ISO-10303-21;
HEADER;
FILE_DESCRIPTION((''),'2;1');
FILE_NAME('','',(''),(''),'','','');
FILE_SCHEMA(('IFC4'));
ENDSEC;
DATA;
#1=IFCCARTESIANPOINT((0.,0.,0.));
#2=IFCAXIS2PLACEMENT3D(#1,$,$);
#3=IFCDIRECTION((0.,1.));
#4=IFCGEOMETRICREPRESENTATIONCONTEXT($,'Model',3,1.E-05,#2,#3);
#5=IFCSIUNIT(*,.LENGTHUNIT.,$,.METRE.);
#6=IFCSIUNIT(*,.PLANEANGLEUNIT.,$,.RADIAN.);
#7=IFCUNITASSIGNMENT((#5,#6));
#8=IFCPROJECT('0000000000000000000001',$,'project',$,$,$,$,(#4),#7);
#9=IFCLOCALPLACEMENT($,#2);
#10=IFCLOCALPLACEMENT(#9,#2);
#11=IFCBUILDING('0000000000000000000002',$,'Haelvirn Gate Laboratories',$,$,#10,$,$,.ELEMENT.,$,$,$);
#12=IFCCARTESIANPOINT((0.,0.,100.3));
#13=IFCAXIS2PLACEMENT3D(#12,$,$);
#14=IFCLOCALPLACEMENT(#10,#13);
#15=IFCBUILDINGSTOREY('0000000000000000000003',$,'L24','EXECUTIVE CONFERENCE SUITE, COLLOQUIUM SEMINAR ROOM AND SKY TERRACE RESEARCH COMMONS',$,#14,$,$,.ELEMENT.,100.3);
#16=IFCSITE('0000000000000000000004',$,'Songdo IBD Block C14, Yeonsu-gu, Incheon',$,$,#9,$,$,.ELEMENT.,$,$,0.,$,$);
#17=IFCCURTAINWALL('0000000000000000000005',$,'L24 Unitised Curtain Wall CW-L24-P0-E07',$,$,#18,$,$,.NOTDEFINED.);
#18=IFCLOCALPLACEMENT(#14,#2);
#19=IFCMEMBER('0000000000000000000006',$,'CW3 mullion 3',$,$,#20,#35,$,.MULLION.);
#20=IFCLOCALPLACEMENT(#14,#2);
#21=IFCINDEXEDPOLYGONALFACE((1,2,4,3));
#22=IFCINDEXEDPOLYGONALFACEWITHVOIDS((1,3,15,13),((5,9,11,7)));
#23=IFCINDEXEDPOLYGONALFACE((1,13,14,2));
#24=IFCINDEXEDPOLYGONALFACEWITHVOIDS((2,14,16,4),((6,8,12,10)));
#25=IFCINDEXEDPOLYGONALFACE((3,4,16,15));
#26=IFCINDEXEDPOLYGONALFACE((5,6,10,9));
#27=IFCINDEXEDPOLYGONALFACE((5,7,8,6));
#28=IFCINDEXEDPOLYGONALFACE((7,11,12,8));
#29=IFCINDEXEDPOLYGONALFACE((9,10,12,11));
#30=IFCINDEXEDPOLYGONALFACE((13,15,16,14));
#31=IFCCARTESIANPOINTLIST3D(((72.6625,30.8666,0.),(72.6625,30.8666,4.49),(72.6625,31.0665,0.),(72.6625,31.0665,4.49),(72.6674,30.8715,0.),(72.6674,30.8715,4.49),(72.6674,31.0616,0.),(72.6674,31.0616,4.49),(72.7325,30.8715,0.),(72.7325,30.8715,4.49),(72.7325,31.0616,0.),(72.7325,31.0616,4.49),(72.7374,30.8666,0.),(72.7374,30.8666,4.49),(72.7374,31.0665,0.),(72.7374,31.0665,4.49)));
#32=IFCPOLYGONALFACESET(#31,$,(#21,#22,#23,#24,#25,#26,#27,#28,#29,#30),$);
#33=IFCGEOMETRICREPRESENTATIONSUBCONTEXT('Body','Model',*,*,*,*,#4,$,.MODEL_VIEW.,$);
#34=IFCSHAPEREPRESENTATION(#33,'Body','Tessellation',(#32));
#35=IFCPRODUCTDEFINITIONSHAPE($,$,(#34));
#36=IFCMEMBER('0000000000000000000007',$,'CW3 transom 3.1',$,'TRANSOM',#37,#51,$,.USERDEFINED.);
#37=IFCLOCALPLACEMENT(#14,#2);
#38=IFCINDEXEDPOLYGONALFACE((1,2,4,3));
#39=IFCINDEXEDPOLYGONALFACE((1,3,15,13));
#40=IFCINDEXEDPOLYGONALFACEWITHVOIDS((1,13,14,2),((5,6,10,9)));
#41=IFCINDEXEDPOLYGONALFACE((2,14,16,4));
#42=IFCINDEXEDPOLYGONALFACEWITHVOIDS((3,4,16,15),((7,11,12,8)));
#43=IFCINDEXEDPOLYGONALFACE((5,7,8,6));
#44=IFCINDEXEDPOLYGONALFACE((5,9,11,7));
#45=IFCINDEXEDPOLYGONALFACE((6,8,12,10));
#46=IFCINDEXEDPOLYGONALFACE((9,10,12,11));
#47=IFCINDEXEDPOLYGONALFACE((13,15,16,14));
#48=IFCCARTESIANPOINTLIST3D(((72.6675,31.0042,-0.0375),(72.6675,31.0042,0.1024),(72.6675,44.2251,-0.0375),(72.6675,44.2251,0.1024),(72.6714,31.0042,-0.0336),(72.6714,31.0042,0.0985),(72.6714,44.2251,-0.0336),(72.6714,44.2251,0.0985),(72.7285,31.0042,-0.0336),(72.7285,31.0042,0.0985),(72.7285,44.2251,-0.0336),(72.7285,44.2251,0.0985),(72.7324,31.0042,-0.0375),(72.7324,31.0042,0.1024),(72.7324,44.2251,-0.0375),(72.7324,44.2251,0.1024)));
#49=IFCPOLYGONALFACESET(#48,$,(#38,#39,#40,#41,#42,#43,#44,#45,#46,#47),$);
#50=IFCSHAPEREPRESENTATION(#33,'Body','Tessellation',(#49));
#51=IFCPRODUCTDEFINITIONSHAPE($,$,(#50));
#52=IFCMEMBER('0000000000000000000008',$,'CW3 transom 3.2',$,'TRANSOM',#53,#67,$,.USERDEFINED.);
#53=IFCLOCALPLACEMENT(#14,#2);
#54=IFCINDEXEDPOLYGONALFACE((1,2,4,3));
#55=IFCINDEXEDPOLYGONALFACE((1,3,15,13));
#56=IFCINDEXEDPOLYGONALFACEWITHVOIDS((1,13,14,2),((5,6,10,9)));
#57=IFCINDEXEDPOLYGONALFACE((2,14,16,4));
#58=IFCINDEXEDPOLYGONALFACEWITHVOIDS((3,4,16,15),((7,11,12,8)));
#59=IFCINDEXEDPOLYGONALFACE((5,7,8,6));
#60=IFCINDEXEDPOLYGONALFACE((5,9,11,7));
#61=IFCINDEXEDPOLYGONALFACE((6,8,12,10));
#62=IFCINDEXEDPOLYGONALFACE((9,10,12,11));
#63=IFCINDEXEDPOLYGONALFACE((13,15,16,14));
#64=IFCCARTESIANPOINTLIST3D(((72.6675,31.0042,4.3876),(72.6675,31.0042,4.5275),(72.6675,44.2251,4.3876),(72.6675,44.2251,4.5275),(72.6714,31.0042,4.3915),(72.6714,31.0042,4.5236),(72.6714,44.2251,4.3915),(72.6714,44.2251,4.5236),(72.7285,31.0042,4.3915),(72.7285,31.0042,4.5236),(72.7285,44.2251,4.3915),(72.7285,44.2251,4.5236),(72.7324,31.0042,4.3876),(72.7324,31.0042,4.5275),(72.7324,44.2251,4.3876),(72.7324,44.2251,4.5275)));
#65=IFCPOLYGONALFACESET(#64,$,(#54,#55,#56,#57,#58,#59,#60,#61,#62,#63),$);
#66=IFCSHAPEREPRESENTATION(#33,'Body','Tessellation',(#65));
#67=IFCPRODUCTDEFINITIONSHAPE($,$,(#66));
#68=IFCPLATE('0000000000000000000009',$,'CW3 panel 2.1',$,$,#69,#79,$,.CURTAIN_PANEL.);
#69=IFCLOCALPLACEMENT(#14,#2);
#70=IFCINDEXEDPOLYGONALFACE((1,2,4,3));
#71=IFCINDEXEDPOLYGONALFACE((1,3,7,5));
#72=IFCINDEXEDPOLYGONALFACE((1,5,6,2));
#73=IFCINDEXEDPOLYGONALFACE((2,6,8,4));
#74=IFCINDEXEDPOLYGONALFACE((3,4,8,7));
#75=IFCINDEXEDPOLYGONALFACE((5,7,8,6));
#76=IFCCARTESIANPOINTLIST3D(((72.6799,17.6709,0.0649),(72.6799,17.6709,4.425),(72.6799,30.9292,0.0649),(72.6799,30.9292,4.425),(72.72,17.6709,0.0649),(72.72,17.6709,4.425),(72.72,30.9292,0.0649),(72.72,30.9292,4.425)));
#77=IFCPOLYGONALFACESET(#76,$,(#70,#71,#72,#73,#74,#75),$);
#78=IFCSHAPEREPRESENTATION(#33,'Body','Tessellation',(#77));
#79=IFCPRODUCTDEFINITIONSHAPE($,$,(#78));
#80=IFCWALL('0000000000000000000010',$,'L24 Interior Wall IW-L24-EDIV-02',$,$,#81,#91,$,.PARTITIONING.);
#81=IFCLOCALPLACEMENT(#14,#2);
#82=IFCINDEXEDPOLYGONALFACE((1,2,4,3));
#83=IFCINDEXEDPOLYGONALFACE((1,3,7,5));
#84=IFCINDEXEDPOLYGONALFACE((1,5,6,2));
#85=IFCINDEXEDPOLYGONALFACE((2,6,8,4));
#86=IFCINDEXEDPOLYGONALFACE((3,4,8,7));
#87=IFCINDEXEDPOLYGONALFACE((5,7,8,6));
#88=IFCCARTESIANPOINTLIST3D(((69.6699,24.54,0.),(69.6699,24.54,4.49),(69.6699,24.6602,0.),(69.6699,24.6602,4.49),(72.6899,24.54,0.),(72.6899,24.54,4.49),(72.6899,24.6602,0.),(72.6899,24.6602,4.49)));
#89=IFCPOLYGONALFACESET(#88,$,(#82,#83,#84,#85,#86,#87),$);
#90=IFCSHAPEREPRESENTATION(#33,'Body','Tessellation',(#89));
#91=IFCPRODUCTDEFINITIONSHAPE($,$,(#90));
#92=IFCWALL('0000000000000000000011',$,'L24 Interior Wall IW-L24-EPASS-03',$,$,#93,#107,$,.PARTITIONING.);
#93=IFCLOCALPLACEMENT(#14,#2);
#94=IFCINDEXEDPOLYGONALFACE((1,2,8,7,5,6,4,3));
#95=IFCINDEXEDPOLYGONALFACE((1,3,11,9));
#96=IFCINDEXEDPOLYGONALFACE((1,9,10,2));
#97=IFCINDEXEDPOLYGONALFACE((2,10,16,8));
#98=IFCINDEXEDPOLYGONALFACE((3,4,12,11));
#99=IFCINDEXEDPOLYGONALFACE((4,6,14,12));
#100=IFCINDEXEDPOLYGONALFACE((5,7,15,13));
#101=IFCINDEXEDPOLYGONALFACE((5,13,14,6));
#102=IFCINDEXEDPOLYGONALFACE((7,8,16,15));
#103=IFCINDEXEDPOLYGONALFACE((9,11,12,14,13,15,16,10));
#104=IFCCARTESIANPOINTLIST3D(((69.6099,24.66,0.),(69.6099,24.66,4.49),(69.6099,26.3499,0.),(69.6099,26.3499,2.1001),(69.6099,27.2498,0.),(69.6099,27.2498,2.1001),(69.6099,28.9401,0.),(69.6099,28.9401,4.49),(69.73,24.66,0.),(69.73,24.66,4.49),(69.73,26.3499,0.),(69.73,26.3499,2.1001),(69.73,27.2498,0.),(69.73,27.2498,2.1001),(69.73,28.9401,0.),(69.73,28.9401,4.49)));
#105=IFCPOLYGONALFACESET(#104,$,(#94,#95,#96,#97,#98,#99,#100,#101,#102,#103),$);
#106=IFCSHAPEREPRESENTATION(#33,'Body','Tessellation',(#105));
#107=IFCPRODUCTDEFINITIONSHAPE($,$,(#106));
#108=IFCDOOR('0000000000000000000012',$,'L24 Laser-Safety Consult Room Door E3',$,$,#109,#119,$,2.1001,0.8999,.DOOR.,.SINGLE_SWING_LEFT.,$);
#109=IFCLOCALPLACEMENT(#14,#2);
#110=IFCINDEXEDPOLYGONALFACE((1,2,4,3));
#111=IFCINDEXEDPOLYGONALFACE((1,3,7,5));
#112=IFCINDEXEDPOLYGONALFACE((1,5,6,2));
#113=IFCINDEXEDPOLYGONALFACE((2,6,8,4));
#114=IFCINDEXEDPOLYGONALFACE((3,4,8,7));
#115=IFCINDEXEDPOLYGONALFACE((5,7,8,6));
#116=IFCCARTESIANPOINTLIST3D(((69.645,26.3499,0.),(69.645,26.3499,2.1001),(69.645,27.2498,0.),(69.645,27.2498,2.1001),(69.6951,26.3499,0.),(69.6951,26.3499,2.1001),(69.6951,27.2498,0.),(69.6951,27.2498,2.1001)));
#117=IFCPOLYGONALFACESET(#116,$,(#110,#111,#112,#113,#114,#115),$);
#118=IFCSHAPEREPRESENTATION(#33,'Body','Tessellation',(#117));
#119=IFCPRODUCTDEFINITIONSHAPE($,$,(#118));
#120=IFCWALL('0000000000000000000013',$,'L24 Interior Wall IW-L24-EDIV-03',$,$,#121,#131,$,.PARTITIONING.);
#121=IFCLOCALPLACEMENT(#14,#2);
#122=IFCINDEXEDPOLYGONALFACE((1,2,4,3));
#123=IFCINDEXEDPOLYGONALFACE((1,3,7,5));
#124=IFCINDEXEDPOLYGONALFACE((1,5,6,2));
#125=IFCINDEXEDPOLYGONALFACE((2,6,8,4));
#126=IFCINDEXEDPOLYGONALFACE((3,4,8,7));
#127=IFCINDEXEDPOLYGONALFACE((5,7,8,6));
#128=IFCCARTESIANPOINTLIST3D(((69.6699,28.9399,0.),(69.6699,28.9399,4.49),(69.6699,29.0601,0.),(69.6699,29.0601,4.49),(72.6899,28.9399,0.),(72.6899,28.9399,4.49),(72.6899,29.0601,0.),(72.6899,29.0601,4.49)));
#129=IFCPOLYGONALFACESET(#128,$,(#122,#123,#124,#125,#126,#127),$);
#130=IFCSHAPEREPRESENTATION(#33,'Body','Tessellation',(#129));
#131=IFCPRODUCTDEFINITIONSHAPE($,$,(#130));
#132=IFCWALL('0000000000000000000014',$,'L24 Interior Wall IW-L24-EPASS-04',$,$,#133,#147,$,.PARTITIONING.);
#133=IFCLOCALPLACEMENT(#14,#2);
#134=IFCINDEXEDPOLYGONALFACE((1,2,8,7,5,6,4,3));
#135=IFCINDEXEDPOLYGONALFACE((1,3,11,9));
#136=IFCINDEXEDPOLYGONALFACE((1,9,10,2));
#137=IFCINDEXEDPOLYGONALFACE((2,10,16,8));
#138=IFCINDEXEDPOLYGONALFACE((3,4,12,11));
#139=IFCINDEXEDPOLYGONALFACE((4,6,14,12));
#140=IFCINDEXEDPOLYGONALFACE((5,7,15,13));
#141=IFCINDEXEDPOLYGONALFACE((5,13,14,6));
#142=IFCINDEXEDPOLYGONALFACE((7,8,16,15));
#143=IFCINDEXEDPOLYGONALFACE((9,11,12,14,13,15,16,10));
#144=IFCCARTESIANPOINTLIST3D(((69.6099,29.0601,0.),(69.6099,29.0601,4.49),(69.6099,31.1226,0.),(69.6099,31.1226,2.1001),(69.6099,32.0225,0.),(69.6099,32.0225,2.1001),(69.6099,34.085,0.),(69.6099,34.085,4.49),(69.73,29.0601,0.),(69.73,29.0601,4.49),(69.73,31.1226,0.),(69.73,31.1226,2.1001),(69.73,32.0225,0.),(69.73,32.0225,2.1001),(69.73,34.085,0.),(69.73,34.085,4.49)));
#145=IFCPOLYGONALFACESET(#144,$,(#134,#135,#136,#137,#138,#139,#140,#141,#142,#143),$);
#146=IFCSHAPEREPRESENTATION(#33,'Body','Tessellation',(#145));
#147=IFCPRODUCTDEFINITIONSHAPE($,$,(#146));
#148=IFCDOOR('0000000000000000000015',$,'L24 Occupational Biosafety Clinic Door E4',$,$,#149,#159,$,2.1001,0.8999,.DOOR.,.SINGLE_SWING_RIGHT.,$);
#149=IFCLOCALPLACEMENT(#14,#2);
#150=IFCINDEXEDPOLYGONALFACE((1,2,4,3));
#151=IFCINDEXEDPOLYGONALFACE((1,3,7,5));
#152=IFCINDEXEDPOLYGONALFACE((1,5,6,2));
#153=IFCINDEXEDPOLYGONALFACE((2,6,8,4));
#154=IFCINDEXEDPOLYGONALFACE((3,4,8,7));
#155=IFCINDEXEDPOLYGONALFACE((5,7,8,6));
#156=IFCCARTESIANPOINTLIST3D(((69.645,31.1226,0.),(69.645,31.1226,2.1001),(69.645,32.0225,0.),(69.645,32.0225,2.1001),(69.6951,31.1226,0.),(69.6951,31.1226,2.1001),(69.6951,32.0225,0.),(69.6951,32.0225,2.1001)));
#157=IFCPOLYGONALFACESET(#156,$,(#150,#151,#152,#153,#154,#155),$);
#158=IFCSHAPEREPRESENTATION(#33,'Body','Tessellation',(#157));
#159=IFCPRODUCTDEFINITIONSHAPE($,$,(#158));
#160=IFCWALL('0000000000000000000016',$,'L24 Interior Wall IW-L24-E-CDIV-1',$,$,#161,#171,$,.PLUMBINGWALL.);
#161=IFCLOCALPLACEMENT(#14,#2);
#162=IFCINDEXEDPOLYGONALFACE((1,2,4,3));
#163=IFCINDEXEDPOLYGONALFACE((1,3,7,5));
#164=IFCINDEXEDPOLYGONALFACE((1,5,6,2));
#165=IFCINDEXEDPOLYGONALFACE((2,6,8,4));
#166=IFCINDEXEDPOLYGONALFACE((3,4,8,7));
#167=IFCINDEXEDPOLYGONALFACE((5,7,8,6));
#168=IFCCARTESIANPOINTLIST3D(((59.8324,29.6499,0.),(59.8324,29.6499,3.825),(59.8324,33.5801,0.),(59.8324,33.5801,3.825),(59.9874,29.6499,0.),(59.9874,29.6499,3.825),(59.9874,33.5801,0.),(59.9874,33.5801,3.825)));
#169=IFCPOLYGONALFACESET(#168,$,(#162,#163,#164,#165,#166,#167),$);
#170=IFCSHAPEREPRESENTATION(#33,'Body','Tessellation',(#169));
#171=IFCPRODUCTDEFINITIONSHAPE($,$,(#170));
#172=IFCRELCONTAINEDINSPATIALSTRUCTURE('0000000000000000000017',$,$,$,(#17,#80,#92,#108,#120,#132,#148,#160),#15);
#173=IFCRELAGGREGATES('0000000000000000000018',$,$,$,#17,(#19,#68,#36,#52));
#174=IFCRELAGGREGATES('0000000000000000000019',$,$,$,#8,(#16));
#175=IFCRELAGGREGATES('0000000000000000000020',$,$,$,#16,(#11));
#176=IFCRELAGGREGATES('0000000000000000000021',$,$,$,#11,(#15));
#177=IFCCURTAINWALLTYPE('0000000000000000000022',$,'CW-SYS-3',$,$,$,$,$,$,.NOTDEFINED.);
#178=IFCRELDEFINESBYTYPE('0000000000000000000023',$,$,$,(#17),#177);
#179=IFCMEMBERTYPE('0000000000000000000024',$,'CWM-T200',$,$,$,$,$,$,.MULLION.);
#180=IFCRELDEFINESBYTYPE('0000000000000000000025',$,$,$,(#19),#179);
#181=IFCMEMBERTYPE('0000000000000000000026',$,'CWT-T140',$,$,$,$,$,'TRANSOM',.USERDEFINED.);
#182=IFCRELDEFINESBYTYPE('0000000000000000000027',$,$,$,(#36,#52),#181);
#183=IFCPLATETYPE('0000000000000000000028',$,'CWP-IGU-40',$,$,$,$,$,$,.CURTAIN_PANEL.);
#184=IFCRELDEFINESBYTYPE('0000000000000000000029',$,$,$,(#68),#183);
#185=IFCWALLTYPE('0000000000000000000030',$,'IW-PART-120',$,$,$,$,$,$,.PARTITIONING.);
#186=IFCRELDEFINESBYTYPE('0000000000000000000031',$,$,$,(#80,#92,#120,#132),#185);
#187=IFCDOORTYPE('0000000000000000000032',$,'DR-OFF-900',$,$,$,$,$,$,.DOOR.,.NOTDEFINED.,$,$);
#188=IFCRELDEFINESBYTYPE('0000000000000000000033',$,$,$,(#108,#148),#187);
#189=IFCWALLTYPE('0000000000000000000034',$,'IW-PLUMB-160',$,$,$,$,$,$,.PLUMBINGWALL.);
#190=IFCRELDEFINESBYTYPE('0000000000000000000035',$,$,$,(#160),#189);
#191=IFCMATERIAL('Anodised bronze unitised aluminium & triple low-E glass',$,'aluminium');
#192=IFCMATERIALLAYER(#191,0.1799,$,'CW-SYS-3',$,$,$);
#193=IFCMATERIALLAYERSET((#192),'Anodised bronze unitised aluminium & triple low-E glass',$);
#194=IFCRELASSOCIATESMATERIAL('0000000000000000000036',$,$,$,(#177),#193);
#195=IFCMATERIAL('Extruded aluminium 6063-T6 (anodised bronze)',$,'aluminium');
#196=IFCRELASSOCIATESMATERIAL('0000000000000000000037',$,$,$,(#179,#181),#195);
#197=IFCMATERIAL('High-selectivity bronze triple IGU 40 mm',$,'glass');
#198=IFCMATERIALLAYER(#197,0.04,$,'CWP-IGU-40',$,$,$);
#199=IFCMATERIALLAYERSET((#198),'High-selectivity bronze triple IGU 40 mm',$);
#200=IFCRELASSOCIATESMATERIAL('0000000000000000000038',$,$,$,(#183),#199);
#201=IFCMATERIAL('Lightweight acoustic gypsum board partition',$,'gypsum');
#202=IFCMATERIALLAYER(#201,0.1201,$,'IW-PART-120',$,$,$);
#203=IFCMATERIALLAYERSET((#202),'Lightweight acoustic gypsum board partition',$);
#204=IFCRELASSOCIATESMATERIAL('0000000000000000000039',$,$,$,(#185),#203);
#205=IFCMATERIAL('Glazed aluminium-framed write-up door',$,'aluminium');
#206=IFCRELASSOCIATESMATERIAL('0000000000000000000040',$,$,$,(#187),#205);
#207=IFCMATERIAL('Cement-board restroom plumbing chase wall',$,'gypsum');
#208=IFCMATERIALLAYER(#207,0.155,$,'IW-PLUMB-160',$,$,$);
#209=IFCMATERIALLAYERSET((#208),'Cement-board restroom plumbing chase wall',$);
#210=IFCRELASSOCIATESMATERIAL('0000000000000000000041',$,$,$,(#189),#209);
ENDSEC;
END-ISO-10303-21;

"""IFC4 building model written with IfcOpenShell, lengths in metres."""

from ifc_helpers import new_model, si_unit, direction, frame, frame_2d, origin, origin_2d, place, context, subcontext, project, spatial, rectangle, hollow_rectangle, extrude, source, transform, mapped, material, layer, layer_set, material_profile, profile_set, type_object, type_shapes, element, fill, aggregate, save


model = new_model("IFC4")

# Units and contexts
model_context = context("Model", 3, precision=1e-05, world=origin(), true_north=direction((0.0, 1.0)))
body_context = subcontext(model_context, "Body", "Model", "MODEL_VIEW")
ifc_project = project(units=[si_unit("LENGTHUNIT", "METRE"), si_unit("PLANEANGLEUNIT", "RADIAN")], contexts=[model_context])

# Site, building, storey
site_placement = place(None, origin())
site = spatial("IfcSite", under=ifc_project, at=site_placement, Name="Songdo IBD Block C14, Yeonsu-gu, Incheon", CompositionType="ELEMENT", RefElevation=0.0)
building_placement = place(site_placement, origin())
building = spatial("IfcBuilding", under=site, at=building_placement, Name="Haelvirn Gate Laboratories", CompositionType="ELEMENT")
storey_placement = place(building_placement, frame((0.0, 0.0, 100.3)))
storey = spatial("IfcBuildingStorey", under=building, at=storey_placement, Name="L24", Description="EXECUTIVE CONFERENCE SUITE, COLLOQUIUM SEMINAR ROOM AND SKY TERRACE RESEARCH COMMONS", CompositionType="ELEMENT", Elevation=100.3)

# Curtain wall, members, plate
ifc_material_1 = material(Name="Anodised bronze unitised aluminium & triple low-E glass", Category="aluminium")
ifc_layer_1 = layer(ifc_material_1, 0.1799, Name="CW-SYS-3")
ifc_layer_set_1 = layer_set([ifc_layer_1], Name="Anodised bronze unitised aluminium & triple low-E glass")
curtain_wall_type = type_object("IfcCurtainWallType", Name="CW-SYS-3", PredefinedType="NOTDEFINED", material=ifc_layer_set_1)
curtain_wall_placement = place(storey_placement, origin())
curtain_wall = element("IfcCurtainWall", 1, at=curtain_wall_placement, inside=storey, type_object=curtain_wall_type, Name="L24 Unitised Curtain Wall CW-L24-P0-E07", PredefinedType="NOTDEFINED")
ifc_material_2 = material(Name="Extruded aluminium 6063-T6 (anodised bronze)", Category="aluminium")
ifc_material_profile_1 = material_profile(ifc_material_2, hollow_rectangle(XDim=0.075, YDim=0.2, WallThickness=0.0049, at=origin_2d()), Name="CWM-200x75x5")
ifc_profile_set_1 = profile_set([ifc_material_profile_1], Name="Extruded aluminium 6063-T6 (anodised bronze)")
member_type_1 = type_object("IfcMemberType", Name="CWM-T200", PredefinedType="MULLION", material=ifc_profile_set_1)
shared_shape_1 = source(origin(), body_context, "Body", "SweptSolid", [
    extrude(hollow_rectangle(XDim=0.075, YDim=0.2, WallThickness=0.0049, at=origin_2d()), origin(), (0.0, 0.0, 1.0), 4.49),
])
type_shapes(member_type_1, [shared_shape_1])
member_1_placement = place(storey_placement, frame((72.7, 30.9666, 0.0), z_axis=(0.0, 0.0, 1.0), x_axis=(-1.0, 0.0, 0.0)))
member_1 = element("IfcMember", 2, at=member_1_placement, type_object=member_type_1, Name="CW3 mullion 3", PredefinedType="MULLION", context=body_context, shape_type="MappedRepresentation", body=[
    mapped(shared_shape_1, transform((0.0, 0.0, 0.0), scale=1.0)),
])
ifc_material_profile_2 = material_profile(ifc_material_2, hollow_rectangle(XDim=0.0649, YDim=0.1399, WallThickness=0.0039, at=origin_2d()), Name="CWT-140x65x4")
ifc_profile_set_2 = profile_set([ifc_material_profile_2], Name="Extruded aluminium 6063-T6 (anodised bronze)")
member_type_2 = type_object("IfcMemberType", Name="CWT-T140", ElementType="TRANSOM", PredefinedType="USERDEFINED", material=ifc_profile_set_2)
shared_shape_2 = source(origin(), body_context, "Body", "SweptSolid", [
    extrude(hollow_rectangle(XDim=0.0649, YDim=0.1399, WallThickness=0.0039, at=origin_2d()), origin(), (0.0, 0.0, 1.0), 13.2209),
])
type_shapes(member_type_2, [shared_shape_2])
member_2_placement = place(storey_placement, frame((72.7, 31.0042, 0.0325), z_axis=(0.0, 1.0, 0.0), x_axis=(-1.0, 0.0, 0.0)))
member_2 = element("IfcMember", 3, at=member_2_placement, type_object=member_type_2, Name="CW3 transom 3.1", ObjectType="TRANSOM", PredefinedType="USERDEFINED", context=body_context, shape_type="MappedRepresentation", body=[
    mapped(shared_shape_2, transform((0.0, 0.0, 0.0), scale=1.0)),
])
member_3_placement = place(storey_placement, frame((72.7, 31.0042, 4.4575), z_axis=(0.0, 1.0, 0.0), x_axis=(-1.0, 0.0, 0.0)))
member_3 = element("IfcMember", 4, at=member_3_placement, type_object=member_type_2, Name="CW3 transom 3.2", ObjectType="TRANSOM", PredefinedType="USERDEFINED", context=body_context, shape_type="MappedRepresentation", body=[
    mapped(shared_shape_2, transform((0.0, 0.0, 0.0), scale=1.0)),
])
ifc_material_3 = material(Name="High-selectivity bronze triple IGU 40 mm", Category="glass")
ifc_layer_2 = layer(ifc_material_3, 0.04, Name="CWP-IGU-40")
ifc_layer_set_2 = layer_set([ifc_layer_2], Name="High-selectivity bronze triple IGU 40 mm")
plate_type = type_object("IfcPlateType", Name="CWP-IGU-40", PredefinedType="CURTAIN_PANEL", material=ifc_layer_set_2)
shared_shape_3 = source(origin(), body_context, "Body", "SweptSolid", [
    extrude(rectangle(XDim=13.2583, YDim=0.04, at=origin_2d()), origin(), (0.0, 0.0, 1.0), 4.3601),
])
type_shapes(plate_type, [shared_shape_3])
plate_placement = place(storey_placement, frame((72.7, 24.3, 0.0649), z_axis=(0.0, 0.0, 1.0), x_axis=(0.0, 1.0, 0.0)))
plate = element("IfcPlate", 5, at=plate_placement, type_object=plate_type, Name="CW3 panel 2.1", PredefinedType="CURTAIN_PANEL", context=body_context, shape_type="MappedRepresentation", body=[
    mapped(shared_shape_3, transform((0.0, 0.0, 0.0), scale=1.0)),
])
aggregate(curtain_wall, [member_1, plate, member_2, member_3])

# Wall
ifc_material_4 = material(Name="Lightweight acoustic gypsum board partition", Category="gypsum")
ifc_layer_3 = layer(ifc_material_4, 0.1201, Name="IW-PART-120")
ifc_layer_set_3 = layer_set([ifc_layer_3], Name="Lightweight acoustic gypsum board partition")
wall_type_1 = type_object("IfcWallType", Name="IW-PART-120", PredefinedType="PARTITIONING", material=ifc_layer_set_3)
wall_1_placement = place(storey_placement, frame((69.6699, 24.6001, 0.0), z_axis=(0.0, 0.0, 1.0), x_axis=(1.0, 0.0, 0.0)))
element("IfcWall", 6, at=wall_1_placement, inside=storey, type_object=wall_type_1, Name="L24 Interior Wall IW-L24-EDIV-02", PredefinedType="PARTITIONING", context=body_context, shape_type="SweptSolid", body=[
    extrude(rectangle(XDim=3.02, YDim=0.1201, at=frame_2d((1.51, 0.0))), origin(), (0.0, 0.0, 1.0), 4.49),
])

# Wall, opening, door
wall_2_placement = place(storey_placement, frame((69.6699, 24.6599, 0.0), z_axis=(0.0, 0.0, 1.0), x_axis=(0.0, 1.0, 0.0)))
wall_2 = element("IfcWall", 7, at=wall_2_placement, inside=storey, type_object=wall_type_1, Name="L24 Interior Wall IW-L24-EPASS-03", PredefinedType="PARTITIONING", context=body_context, shape_type="SweptSolid", body=[
    extrude(rectangle(XDim=4.28, YDim=0.1201, at=frame_2d((2.1401, 0.0))), origin(), (0.0, 0.0, 1.0), 4.49),
])
opening_1_placement = place(wall_2_placement, frame((1.6899, 0.0, 0.0)))
opening_1 = element("IfcOpeningElement", 8, at=opening_1_placement, cuts=wall_2, PredefinedType="OPENING", context=body_context, shape_type="SweptSolid", body=[
    extrude(rectangle(XDim=0.8999, YDim=2.1001, at=frame_2d((0.45, 1.05))), frame((0.0, 0.0701, 0.0), z_axis=(0.0, -1.0, 0.0), x_axis=(1.0, 0.0, 0.0)), (0.0, 0.0, 1.0), 0.1401),
])
ifc_material_5 = material(Name="Glazed aluminium-framed write-up door", Category="aluminium")
door_type_1 = type_object("IfcDoorType", Name="DR-OFF-900", OperationType="NOTDEFINED", PredefinedType="DOOR", material=ifc_material_5)
shared_shape_4 = source(origin(), body_context, "Body", "SweptSolid", [
    extrude(rectangle(XDim=0.8999, YDim=2.1001, at=frame_2d((0.45, 1.05))), frame((0.0, 0.0249, 0.0), z_axis=(0.0, -1.0, 0.0), x_axis=(1.0, 0.0, 0.0)), (0.0, 0.0, 1.0), 0.05),
])
type_shapes(door_type_1, [shared_shape_4])
door_1_placement = place(opening_1_placement, origin())
door_1 = element("IfcDoor", 9, at=door_1_placement, inside=storey, type_object=door_type_1, Name="L24 Laser-Safety Consult Room Door E3", OperationType="SINGLE_SWING_LEFT", OverallHeight=2.1001, OverallWidth=0.8999, PredefinedType="DOOR", context=body_context, shape_type="MappedRepresentation", body=[
    mapped(shared_shape_4, transform((0.0, 0.0, 0.0), scale=1.0)),
])
fill(opening_1, door_1)

# Wall
wall_3_placement = place(storey_placement, frame((69.6699, 29.0, 0.0), z_axis=(0.0, 0.0, 1.0), x_axis=(1.0, 0.0, 0.0)))
element("IfcWall", 10, at=wall_3_placement, inside=storey, type_object=wall_type_1, Name="L24 Interior Wall IW-L24-EDIV-03", PredefinedType="PARTITIONING", context=body_context, shape_type="SweptSolid", body=[
    extrude(rectangle(XDim=3.02, YDim=0.1201, at=frame_2d((1.51, 0.0))), origin(), (0.0, 0.0, 1.0), 4.49),
])

# Wall, opening, door
wall_4_placement = place(storey_placement, frame((69.6699, 29.0601, 0.0), z_axis=(0.0, 0.0, 1.0), x_axis=(0.0, 1.0, 0.0)))
wall_4 = element("IfcWall", 11, at=wall_4_placement, inside=storey, type_object=wall_type_1, Name="L24 Interior Wall IW-L24-EPASS-04", PredefinedType="PARTITIONING", context=body_context, shape_type="SweptSolid", body=[
    extrude(rectangle(XDim=5.0249, YDim=0.1201, at=frame_2d((2.5125, 0.0))), origin(), (0.0, 0.0, 1.0), 4.49),
])
opening_2_placement = place(wall_4_placement, frame((2.0625, 0.0, 0.0)))
opening_2 = element("IfcOpeningElement", 12, at=opening_2_placement, cuts=wall_4, PredefinedType="OPENING", context=body_context, shape_type="SweptSolid", body=[
    extrude(rectangle(XDim=0.8999, YDim=2.1001, at=frame_2d((0.45, 1.05))), frame((0.0, 0.0701, 0.0), z_axis=(0.0, -1.0, 0.0), x_axis=(1.0, 0.0, 0.0)), (0.0, 0.0, 1.0), 0.1401),
])
door_2_placement = place(opening_2_placement, origin())
door_2 = element("IfcDoor", 13, at=door_2_placement, inside=storey, type_object=door_type_1, Name="L24 Occupational Biosafety Clinic Door E4", OperationType="SINGLE_SWING_RIGHT", OverallHeight=2.1001, OverallWidth=0.8999, PredefinedType="DOOR", context=body_context, shape_type="MappedRepresentation", body=[
    mapped(shared_shape_4, transform((0.0, 0.0, 0.0), scale=1.0)),
])
fill(opening_2, door_2)

# Wall
ifc_material_6 = material(Name="Cement-board restroom plumbing chase wall", Category="gypsum")
ifc_layer_4 = layer(ifc_material_6, 0.155, Name="IW-PLUMB-160")
ifc_layer_set_4 = layer_set([ifc_layer_4], Name="Cement-board restroom plumbing chase wall")
wall_type_2 = type_object("IfcWallType", Name="IW-PLUMB-160", PredefinedType="PLUMBINGWALL", material=ifc_layer_set_4)
wall_5_placement = place(storey_placement, frame((59.9099, 29.6499, 0.0), z_axis=(0.0, 0.0, 1.0), x_axis=(0.0, 1.0, 0.0)))
element("IfcWall", 14, at=wall_5_placement, inside=storey, type_object=wall_type_2, Name="L24 Interior Wall IW-L24-E-CDIV-1", PredefinedType="PLUMBINGWALL", context=body_context, shape_type="SweptSolid", body=[
    extrude(rectangle(XDim=3.9302, YDim=0.155, at=frame_2d((1.9651, 0.0))), origin(), (0.0, 0.0, 1.0), 3.825),
])

save(model, "model.ifc")
